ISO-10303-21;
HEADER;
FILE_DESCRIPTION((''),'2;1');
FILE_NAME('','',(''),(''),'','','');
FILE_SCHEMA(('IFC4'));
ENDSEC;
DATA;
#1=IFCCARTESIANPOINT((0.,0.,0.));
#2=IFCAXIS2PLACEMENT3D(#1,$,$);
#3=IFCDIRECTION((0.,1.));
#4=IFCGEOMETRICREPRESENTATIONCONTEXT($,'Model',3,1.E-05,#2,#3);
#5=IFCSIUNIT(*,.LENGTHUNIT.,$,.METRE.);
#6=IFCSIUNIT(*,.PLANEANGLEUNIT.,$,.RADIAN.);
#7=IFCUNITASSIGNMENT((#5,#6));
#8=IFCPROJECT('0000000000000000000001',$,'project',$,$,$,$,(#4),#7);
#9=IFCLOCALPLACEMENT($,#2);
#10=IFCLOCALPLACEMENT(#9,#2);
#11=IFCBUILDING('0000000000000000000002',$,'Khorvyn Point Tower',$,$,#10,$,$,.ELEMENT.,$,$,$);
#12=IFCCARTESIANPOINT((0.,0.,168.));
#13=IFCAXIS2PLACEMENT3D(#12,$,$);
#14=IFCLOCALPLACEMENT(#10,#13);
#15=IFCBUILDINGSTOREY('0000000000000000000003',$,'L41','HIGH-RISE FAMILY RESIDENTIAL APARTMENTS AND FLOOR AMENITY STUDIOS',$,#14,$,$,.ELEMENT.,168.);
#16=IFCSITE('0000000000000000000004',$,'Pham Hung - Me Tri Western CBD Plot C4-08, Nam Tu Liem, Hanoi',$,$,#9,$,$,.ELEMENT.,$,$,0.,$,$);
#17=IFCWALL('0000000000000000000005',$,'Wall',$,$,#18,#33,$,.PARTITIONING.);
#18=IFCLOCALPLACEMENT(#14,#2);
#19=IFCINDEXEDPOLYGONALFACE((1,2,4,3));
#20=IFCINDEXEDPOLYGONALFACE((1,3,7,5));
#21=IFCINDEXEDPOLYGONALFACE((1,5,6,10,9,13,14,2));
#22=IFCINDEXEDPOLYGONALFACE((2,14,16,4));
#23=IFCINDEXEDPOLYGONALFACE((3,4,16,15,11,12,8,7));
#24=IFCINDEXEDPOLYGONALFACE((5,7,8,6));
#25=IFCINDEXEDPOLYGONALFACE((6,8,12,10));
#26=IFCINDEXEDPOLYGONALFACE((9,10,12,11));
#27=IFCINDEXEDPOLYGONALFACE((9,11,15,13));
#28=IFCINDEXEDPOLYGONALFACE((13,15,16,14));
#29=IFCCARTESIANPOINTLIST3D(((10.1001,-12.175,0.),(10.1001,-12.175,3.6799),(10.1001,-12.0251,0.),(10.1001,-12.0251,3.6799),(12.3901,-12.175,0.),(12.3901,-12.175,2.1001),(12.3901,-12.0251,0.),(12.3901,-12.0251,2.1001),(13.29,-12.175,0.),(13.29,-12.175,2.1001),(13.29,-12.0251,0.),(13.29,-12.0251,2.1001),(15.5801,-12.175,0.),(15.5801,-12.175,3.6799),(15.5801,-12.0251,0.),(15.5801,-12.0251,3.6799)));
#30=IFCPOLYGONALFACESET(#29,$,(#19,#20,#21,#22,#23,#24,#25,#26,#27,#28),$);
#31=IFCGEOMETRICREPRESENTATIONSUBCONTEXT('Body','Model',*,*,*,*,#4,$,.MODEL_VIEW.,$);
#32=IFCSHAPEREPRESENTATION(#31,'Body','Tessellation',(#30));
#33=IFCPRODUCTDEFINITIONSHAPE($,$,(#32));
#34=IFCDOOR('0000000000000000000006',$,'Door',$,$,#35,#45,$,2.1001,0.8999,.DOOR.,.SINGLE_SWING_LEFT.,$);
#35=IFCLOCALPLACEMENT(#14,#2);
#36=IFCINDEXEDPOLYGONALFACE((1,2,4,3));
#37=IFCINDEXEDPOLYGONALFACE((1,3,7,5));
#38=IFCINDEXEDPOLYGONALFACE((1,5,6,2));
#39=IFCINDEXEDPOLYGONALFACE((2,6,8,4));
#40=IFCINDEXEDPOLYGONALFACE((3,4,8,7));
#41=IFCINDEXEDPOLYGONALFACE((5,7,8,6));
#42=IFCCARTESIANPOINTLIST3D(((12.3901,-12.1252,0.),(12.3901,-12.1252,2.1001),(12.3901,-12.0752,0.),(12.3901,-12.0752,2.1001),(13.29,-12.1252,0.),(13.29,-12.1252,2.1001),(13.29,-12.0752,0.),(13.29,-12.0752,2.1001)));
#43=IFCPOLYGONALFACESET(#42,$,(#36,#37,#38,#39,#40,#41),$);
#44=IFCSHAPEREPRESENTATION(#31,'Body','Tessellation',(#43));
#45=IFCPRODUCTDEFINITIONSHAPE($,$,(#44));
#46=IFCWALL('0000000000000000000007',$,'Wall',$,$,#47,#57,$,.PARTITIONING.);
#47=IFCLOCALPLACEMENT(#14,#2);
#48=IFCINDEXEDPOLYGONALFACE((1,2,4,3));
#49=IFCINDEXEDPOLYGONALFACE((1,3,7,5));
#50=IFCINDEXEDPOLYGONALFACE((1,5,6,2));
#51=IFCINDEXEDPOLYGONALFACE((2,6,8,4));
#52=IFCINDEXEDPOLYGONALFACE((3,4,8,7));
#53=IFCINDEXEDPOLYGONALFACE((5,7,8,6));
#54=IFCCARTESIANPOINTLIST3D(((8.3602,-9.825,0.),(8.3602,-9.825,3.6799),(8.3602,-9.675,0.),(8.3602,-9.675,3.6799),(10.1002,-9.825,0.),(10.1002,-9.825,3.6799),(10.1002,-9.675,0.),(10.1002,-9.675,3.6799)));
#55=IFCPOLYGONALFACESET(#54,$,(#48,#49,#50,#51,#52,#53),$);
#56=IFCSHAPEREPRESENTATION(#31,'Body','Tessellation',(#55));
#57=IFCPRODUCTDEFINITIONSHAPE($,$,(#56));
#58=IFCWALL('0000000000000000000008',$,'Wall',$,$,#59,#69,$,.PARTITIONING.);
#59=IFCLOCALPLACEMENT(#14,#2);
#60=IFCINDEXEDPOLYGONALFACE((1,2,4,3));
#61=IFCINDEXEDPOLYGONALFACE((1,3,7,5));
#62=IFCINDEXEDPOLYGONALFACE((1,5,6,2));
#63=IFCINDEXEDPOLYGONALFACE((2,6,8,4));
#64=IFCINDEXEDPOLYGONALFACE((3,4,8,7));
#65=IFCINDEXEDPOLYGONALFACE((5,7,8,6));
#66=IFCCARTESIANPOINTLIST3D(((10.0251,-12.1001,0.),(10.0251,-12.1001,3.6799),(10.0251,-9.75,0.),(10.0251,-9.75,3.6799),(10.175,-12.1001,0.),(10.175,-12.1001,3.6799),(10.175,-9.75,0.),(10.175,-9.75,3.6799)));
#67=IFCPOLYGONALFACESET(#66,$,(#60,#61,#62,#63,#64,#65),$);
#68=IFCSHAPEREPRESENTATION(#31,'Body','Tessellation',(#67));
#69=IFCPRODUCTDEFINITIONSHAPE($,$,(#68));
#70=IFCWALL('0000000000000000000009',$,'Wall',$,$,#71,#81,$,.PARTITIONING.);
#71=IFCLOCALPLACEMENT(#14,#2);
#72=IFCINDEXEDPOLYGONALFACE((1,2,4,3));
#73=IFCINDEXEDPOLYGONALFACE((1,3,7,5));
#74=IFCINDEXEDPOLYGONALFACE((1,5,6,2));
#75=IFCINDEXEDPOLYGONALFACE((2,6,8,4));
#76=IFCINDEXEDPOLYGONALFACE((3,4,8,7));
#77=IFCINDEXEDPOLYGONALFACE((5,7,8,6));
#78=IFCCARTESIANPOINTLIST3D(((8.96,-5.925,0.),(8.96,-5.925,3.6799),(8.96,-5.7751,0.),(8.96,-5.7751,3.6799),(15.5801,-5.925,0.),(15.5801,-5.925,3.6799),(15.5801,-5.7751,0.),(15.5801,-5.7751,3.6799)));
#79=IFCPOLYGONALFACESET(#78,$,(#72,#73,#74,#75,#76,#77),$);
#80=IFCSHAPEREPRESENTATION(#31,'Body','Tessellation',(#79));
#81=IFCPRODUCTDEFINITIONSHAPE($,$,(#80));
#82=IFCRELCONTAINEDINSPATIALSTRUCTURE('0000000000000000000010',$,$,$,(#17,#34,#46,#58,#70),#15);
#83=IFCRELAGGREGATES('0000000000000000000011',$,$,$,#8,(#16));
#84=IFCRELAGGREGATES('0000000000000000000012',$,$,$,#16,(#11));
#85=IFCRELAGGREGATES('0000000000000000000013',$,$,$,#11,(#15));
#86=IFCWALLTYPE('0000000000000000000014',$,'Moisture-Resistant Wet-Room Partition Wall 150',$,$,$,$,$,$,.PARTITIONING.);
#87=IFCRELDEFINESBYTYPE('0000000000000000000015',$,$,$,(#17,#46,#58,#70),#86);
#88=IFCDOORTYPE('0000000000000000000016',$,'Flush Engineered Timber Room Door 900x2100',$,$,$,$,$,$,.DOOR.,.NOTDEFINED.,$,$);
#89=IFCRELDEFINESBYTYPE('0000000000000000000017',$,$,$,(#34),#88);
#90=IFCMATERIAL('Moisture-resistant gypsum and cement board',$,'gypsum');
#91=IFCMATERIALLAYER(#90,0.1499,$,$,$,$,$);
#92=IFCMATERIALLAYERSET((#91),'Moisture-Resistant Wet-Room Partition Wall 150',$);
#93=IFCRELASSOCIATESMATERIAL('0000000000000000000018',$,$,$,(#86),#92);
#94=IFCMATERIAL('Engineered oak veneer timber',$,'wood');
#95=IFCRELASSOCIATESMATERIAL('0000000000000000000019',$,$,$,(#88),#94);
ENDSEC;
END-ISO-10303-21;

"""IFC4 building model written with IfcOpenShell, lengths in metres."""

from ifc_helpers import new_model, si_unit, direction, frame, frame_2d, origin, place, context, subcontext, project, spatial, rectangle, extrude, material, layer, layer_set, type_object, element, fill, save


model = new_model("IFC4")

# Units and contexts
model_context = context("Model", 3, precision=1e-05, world=origin(), true_north=direction((0.0, 1.0)))
body_context = subcontext(model_context, "Body", "Model", "MODEL_VIEW")
ifc_project = project(units=[si_unit("LENGTHUNIT", "METRE"), si_unit("PLANEANGLEUNIT", "RADIAN")], contexts=[model_context])

# Site, building, storey
site_placement = place(None, origin())
site = spatial("IfcSite", under=ifc_project, at=site_placement, Name="Pham Hung - Me Tri Western CBD Plot C4-08, Nam Tu Liem, Hanoi", CompositionType="ELEMENT", RefElevation=0.0)
building_placement = place(site_placement, origin())
building = spatial("IfcBuilding", under=site, at=building_placement, Name="Khorvyn Point Tower", CompositionType="ELEMENT")
storey_placement = place(building_placement, frame((0.0, 0.0, 168.0)))
storey = spatial("IfcBuildingStorey", under=building, at=storey_placement, Name="L41", Description="HIGH-RISE FAMILY RESIDENTIAL APARTMENTS AND FLOOR AMENITY STUDIOS", CompositionType="ELEMENT", Elevation=168.0)

# Wall, opening, door
ifc_material_1 = material(Name="Moisture-resistant gypsum and cement board", Category="gypsum")
ifc_layer_1 = layer(ifc_material_1, 0.1499)
ifc_layer_set_1 = layer_set([ifc_layer_1], Name="Moisture-Resistant Wet-Room Partition Wall 150")
wall_type_1 = type_object("IfcWallType", Name="Moisture-Resistant Wet-Room Partition Wall 150", PredefinedType="PARTITIONING", material=ifc_layer_set_1)
wall_1_placement = place(storey_placement, frame((10.1001, -12.1001, 0.0), z_axis=(0.0, 0.0, 1.0), x_axis=(1.0, 0.0, 0.0)))
wall_1 = element("IfcWall", 1, at=wall_1_placement, inside=storey, type_object=wall_type_1, Name="Wall", PredefinedType="PARTITIONING", context=body_context, shape_type="SweptSolid", body=[
    extrude(rectangle(XDim=5.48, YDim=0.1499, at=frame_2d((2.74, 0.0))), origin(), (0.0, 0.0, 1.0), 3.6799),
])
opening_1_placement = place(wall_1_placement, frame((2.29, 0.0, 0.0)))
opening_1 = element("IfcOpeningElement", 2, at=opening_1_placement, cuts=wall_1, PredefinedType="OPENING", context=body_context, shape_type="SweptSolid", body=[
    extrude(rectangle(XDim=0.8999, YDim=2.1001, at=frame_2d((0.45, 1.05))), frame((0.0, 0.085, 0.0), z_axis=(0.0, -1.0, 0.0), x_axis=(1.0, 0.0, 0.0)), (0.0, 0.0, 1.0), 0.1699),
])
ifc_material_2 = material(Name="Engineered oak veneer timber", Category="wood")
door_type_1 = type_object("IfcDoorType", Name="Flush Engineered Timber Room Door 900x2100", OperationType="NOTDEFINED", PredefinedType="DOOR", material=ifc_material_2)
door_1_placement = place(opening_1_placement, origin())
door_1 = element("IfcDoor", 3, at=door_1_placement, inside=storey, type_object=door_type_1, Name="Door", OperationType="SINGLE_SWING_LEFT", OverallHeight=2.1001, OverallWidth=0.8999, PredefinedType="DOOR", context=body_context, shape_type="SweptSolid", body=[
    extrude(rectangle(XDim=0.8999, YDim=2.1001, at=frame_2d((0.45, 1.05))), frame((0.0, 0.0249, 0.0), z_axis=(0.0, -1.0, 0.0), x_axis=(1.0, 0.0, 0.0)), (0.0, 0.0, 1.0), 0.05),
])
fill(opening_1, door_1)

# Walls
wall_2_placement = place(storey_placement, frame((8.3601, -9.75, 0.0), z_axis=(0.0, 0.0, 1.0), x_axis=(1.0, 0.0, 0.0)))
element("IfcWall", 4, at=wall_2_placement, inside=storey, type_object=wall_type_1, Name="Wall", PredefinedType="PARTITIONING", context=body_context, shape_type="SweptSolid", body=[
    extrude(rectangle(XDim=1.74, YDim=0.1499, at=frame_2d((0.8701, 0.0))), origin(), (0.0, 0.0, 1.0), 3.6799),
])
wall_3_placement = place(storey_placement, frame((10.1001, -12.1001, 0.0), z_axis=(0.0, 0.0, 1.0), x_axis=(0.0, 1.0, 0.0)))
element("IfcWall", 5, at=wall_3_placement, inside=storey, type_object=wall_type_1, Name="Wall", PredefinedType="PARTITIONING", context=body_context, shape_type="SweptSolid", body=[
    extrude(rectangle(XDim=2.3501, YDim=0.1499, at=frame_2d((1.175, 0.0))), origin(), (0.0, 0.0, 1.0), 3.6799),
])
wall_4_placement = place(storey_placement, frame((8.96, -5.8501, 0.0), z_axis=(0.0, 0.0, 1.0), x_axis=(1.0, 0.0, 0.0)))
element("IfcWall", 6, at=wall_4_placement, inside=storey, type_object=wall_type_1, Name="Wall", PredefinedType="PARTITIONING", context=body_context, shape_type="SweptSolid", body=[
    extrude(rectangle(XDim=6.6201, YDim=0.1499, at=frame_2d((3.3101, 0.0))), origin(), (0.0, 0.0, 1.0), 3.6799),
])

save(model, "model.ifc")
